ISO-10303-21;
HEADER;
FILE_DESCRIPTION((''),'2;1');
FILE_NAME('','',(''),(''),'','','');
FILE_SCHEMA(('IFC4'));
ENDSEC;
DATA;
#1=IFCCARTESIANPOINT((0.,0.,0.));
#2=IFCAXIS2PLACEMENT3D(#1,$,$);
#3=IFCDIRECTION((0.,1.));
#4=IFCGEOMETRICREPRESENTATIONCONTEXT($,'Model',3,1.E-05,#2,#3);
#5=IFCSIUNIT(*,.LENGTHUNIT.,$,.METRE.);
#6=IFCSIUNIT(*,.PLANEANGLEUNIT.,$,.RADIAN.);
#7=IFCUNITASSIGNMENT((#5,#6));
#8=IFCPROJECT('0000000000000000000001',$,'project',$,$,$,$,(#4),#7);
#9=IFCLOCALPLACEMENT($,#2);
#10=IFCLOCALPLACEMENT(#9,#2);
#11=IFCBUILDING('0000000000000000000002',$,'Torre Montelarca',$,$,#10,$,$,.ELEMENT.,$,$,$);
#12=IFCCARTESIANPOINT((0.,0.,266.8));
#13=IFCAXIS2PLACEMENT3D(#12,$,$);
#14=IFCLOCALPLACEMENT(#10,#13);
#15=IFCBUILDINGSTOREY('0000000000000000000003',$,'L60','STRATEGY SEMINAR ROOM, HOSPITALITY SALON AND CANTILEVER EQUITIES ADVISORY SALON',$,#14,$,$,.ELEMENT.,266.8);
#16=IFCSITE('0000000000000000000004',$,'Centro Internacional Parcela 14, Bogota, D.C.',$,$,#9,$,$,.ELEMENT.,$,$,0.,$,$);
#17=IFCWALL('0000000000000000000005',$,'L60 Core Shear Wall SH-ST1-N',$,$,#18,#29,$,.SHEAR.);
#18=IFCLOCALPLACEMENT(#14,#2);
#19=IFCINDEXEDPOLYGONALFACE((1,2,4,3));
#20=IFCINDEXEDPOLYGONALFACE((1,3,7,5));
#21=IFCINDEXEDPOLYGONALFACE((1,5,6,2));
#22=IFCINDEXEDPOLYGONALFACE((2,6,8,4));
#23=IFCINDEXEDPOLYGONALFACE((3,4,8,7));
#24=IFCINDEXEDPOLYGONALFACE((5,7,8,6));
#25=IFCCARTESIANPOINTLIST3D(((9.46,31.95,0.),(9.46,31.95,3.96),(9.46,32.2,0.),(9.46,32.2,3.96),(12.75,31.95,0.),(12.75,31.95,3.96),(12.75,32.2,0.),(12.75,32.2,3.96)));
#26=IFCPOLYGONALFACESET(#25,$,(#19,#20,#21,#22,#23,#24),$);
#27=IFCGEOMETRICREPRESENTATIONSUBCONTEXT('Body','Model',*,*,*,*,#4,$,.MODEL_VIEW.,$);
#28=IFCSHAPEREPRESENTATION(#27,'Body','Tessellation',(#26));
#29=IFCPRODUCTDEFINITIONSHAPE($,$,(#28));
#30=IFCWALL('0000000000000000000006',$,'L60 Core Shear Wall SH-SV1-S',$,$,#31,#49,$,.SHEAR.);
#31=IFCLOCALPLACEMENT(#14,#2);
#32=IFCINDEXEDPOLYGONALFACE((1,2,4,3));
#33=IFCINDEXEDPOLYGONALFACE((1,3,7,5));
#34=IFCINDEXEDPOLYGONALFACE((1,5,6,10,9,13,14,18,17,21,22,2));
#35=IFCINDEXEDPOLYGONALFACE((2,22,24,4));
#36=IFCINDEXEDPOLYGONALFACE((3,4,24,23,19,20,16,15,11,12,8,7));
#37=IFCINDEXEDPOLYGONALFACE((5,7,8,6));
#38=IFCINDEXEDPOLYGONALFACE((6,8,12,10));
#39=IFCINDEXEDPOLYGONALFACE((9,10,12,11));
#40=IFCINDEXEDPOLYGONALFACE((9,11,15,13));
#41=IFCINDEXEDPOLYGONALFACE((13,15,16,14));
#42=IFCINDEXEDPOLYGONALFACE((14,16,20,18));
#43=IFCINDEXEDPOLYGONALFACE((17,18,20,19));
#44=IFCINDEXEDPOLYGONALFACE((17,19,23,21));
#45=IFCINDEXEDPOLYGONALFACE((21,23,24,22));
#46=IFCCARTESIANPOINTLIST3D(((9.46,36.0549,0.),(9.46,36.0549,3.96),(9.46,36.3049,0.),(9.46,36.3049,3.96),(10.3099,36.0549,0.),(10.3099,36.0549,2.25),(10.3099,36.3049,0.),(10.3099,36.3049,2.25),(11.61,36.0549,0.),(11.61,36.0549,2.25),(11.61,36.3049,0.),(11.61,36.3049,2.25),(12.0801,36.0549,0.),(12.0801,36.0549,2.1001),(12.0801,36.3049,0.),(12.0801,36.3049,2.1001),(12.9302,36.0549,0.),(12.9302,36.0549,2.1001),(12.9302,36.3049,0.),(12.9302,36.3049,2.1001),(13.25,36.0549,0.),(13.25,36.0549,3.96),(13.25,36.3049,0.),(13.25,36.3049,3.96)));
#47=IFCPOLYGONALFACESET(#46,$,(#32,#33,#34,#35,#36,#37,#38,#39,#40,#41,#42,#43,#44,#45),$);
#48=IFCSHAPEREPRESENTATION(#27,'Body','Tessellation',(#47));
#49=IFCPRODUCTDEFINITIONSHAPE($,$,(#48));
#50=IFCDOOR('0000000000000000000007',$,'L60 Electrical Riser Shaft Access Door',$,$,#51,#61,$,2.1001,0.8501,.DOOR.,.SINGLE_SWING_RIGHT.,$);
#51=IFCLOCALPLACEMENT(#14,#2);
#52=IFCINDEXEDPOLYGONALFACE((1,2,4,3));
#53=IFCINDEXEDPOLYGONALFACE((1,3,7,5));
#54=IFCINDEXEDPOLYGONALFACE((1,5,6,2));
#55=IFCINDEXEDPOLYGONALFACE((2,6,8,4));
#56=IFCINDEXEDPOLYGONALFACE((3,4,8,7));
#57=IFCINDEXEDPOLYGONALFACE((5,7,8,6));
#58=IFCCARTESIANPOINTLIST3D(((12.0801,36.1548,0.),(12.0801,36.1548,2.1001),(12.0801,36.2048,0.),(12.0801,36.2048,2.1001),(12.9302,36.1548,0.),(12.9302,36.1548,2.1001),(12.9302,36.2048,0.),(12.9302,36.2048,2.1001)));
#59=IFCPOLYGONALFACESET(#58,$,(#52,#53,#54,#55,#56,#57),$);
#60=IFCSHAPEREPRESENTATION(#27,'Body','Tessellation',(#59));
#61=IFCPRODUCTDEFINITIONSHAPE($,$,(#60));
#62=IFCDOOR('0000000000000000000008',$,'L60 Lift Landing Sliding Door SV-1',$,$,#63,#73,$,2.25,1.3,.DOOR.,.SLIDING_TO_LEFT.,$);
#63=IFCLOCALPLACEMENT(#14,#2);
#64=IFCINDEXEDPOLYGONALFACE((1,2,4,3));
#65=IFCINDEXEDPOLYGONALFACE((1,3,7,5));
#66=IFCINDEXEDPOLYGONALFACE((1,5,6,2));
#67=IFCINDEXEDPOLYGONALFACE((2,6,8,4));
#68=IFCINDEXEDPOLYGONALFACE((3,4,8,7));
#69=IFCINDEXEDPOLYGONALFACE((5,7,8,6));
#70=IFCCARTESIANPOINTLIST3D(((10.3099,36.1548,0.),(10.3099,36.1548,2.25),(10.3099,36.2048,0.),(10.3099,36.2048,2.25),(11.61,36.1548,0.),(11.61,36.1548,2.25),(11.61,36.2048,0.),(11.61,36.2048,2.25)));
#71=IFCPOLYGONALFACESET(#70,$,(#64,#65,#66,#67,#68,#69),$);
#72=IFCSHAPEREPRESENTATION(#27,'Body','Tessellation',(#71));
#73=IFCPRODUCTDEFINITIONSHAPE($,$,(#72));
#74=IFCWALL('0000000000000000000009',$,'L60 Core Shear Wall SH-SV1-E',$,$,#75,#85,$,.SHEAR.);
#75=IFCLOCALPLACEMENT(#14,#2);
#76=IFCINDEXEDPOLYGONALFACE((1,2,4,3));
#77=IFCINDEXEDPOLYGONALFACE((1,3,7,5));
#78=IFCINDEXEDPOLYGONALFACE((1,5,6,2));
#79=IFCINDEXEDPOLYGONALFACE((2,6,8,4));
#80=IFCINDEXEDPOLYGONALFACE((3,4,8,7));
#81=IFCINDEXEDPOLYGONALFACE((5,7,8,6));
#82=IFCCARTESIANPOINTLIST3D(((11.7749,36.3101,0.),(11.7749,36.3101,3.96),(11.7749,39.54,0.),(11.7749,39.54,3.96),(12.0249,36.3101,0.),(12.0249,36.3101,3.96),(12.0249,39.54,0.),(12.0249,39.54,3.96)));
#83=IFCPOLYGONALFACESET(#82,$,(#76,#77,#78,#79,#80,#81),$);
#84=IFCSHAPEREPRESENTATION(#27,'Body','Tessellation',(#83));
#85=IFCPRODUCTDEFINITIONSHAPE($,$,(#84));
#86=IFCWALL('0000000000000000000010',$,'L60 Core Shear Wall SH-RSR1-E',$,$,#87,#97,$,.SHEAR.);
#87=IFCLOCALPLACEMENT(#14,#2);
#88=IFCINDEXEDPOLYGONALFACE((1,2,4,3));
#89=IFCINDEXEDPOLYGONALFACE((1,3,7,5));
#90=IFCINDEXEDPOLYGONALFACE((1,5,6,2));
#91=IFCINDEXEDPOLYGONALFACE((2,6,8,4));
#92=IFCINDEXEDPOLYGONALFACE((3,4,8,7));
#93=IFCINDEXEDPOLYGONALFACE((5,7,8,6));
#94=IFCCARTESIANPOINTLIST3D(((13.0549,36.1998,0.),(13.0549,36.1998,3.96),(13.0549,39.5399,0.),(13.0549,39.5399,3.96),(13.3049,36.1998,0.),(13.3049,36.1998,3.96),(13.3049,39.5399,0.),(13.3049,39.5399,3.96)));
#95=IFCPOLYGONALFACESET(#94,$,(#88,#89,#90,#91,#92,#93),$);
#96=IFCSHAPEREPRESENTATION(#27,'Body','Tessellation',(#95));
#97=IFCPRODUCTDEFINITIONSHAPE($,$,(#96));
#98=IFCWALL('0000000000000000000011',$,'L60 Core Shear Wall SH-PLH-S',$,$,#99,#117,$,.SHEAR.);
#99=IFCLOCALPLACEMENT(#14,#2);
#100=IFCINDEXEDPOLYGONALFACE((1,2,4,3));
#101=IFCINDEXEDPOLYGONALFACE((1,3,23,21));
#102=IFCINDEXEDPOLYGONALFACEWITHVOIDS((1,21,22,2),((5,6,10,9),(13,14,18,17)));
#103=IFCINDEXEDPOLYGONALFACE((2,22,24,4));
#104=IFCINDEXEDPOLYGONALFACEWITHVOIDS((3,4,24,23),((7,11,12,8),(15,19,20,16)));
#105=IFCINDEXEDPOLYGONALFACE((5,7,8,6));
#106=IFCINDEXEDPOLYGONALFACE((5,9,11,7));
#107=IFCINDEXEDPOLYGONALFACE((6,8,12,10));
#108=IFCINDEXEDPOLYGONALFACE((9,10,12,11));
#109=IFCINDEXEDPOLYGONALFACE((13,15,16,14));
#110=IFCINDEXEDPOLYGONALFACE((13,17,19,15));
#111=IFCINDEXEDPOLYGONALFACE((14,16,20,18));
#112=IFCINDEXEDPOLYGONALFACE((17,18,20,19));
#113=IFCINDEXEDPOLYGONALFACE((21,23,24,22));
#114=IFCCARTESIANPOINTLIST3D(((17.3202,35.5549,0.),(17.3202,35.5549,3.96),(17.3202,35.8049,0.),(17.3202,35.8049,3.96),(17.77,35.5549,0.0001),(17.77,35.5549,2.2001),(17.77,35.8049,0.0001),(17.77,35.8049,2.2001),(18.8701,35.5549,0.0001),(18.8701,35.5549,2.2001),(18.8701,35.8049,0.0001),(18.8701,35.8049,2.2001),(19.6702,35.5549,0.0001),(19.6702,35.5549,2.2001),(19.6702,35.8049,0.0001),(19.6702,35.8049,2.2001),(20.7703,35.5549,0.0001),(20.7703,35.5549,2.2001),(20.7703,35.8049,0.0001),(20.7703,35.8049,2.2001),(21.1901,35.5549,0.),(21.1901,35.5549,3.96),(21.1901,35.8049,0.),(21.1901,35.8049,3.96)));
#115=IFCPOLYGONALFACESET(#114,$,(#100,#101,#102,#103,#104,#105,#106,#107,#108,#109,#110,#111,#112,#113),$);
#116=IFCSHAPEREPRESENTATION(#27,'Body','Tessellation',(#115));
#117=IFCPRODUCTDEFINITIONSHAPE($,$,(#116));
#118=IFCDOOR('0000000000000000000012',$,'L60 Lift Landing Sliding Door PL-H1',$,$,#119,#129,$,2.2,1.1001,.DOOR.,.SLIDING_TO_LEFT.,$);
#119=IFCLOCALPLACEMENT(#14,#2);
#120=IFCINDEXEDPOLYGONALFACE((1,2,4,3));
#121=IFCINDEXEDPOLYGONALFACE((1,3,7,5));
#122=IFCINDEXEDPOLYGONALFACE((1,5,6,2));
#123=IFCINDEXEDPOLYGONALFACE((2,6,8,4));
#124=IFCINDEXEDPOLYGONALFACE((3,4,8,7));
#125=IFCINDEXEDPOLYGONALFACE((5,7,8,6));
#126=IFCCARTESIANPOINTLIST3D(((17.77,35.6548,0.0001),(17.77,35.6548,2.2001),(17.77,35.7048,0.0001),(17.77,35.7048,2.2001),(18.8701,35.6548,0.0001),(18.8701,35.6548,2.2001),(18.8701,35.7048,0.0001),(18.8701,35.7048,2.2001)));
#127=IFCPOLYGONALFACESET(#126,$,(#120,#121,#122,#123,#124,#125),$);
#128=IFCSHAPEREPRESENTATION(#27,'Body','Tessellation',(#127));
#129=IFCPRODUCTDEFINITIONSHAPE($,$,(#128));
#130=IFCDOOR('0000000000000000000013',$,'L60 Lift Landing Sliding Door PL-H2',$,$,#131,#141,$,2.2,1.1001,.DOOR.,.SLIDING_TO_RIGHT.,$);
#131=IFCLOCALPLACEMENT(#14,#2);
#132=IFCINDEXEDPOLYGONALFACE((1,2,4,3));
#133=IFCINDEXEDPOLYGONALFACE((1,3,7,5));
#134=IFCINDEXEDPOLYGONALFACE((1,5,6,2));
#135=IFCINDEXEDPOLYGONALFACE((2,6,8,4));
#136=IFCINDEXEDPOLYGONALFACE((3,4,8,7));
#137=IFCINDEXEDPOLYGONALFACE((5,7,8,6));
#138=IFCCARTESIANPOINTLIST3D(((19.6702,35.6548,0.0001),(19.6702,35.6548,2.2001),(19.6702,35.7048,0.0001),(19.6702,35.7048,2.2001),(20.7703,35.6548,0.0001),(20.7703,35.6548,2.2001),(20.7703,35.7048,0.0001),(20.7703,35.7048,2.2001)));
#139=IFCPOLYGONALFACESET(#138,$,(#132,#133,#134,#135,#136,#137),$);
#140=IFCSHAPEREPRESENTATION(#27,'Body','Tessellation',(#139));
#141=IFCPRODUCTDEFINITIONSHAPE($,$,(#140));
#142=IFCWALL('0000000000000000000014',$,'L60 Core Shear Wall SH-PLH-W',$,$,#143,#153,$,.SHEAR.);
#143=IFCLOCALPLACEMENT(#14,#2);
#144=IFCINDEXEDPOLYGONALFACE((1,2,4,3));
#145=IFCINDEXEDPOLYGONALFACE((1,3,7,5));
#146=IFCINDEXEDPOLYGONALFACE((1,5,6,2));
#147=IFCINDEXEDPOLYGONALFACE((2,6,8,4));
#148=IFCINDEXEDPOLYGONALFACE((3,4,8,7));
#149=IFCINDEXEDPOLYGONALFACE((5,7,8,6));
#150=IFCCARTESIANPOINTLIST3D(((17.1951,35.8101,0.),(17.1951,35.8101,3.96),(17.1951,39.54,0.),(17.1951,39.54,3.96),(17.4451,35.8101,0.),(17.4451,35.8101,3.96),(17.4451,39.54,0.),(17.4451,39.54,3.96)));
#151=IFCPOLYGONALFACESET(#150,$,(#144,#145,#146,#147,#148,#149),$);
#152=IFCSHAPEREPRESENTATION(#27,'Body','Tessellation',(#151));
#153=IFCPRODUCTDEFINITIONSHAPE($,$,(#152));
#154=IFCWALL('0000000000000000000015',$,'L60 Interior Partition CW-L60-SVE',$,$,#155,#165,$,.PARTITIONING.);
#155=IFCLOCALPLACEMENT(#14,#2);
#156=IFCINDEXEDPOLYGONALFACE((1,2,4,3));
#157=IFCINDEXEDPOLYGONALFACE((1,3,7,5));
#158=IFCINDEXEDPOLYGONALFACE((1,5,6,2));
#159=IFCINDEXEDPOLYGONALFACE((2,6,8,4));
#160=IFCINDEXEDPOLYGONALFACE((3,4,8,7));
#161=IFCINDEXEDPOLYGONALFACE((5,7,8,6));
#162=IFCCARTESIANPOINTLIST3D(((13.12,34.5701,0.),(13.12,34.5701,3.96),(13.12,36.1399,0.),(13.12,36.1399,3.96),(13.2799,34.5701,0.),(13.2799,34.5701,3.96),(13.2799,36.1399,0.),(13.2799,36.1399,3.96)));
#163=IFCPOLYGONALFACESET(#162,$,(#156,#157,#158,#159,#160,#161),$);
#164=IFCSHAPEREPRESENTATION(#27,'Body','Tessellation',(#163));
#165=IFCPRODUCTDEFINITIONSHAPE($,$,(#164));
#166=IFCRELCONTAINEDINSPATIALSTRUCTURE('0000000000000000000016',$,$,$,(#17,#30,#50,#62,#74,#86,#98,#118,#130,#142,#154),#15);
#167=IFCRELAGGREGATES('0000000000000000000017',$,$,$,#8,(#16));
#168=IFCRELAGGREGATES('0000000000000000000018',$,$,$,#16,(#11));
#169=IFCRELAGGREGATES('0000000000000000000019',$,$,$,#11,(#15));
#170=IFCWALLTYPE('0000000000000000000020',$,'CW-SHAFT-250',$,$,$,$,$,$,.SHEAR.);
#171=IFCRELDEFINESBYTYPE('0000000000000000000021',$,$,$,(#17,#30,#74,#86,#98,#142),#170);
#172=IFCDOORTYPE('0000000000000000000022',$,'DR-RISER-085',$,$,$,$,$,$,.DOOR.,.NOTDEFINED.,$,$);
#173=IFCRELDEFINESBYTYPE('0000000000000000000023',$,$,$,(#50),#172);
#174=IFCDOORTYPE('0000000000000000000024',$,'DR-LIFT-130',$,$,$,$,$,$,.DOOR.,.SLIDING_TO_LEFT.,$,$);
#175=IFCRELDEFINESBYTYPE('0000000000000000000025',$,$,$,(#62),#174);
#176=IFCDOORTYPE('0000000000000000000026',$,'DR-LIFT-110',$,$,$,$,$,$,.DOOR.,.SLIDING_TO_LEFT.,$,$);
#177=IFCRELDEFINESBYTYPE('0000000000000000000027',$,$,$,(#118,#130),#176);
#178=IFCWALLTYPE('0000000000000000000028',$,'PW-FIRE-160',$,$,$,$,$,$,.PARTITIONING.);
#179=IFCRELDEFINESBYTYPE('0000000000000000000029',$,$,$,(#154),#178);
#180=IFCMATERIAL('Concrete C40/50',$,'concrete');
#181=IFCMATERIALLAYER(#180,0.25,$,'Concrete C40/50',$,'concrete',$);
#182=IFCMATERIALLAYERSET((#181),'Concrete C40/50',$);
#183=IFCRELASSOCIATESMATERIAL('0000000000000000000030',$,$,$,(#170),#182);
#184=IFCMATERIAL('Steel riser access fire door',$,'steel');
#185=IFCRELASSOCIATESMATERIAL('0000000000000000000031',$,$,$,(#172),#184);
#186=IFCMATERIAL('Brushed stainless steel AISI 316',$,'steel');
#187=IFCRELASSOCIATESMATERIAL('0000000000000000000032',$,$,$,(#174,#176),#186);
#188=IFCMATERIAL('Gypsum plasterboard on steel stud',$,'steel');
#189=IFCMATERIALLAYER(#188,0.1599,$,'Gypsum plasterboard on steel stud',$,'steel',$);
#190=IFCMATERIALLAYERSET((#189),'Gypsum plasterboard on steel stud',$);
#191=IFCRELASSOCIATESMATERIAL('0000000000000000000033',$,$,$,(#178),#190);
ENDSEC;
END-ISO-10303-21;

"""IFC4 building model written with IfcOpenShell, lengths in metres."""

from ifc_helpers import new_model, si_unit, direction, frame, frame_2d, origin, place, context, subcontext, project, spatial, rectangle, extrude, source, transform, mapped, material, layer, layer_set, type_object, element, fill, save


model = new_model("IFC4")

# Units and contexts
model_context = context("Model", 3, precision=1e-05, world=origin(), true_north=direction((0.0, 1.0)))
body_context = subcontext(model_context, "Body", "Model", "MODEL_VIEW")
ifc_project = project(units=[si_unit("LENGTHUNIT", "METRE"), si_unit("PLANEANGLEUNIT", "RADIAN")], contexts=[model_context])

# Site, building, storey
site_placement = place(None, origin())
site = spatial("IfcSite", under=ifc_project, at=site_placement, Name="Centro Internacional Parcela 14, Bogota, D.C.", CompositionType="ELEMENT", RefElevation=0.0)
building_placement = place(site_placement, origin())
building = spatial("IfcBuilding", under=site, at=building_placement, Name="Torre Montelarca", CompositionType="ELEMENT")
storey_placement = place(building_placement, frame((0.0, 0.0, 266.8)))
storey = spatial("IfcBuildingStorey", under=building, at=storey_placement, Name="L60", Description="STRATEGY SEMINAR ROOM, HOSPITALITY SALON AND CANTILEVER EQUITIES ADVISORY SALON", CompositionType="ELEMENT", Elevation=266.8)

# Wall
ifc_material_1 = material(Name="Concrete C40/50", Category="concrete")
ifc_layer_1 = layer(ifc_material_1, 0.25, Name="Concrete C40/50", Category="concrete")
ifc_layer_set_1 = layer_set([ifc_layer_1], Name="Concrete C40/50")
wall_type_1 = type_object("IfcWallType", Name="CW-SHAFT-250", PredefinedType="SHEAR", material=ifc_layer_set_1)
wall_1_placement = place(storey_placement, frame((9.46, 32.075, 0.0), z_axis=(0.0, 0.0, 1.0), x_axis=(1.0, 0.0, 0.0)))
element("IfcWall", 1, at=wall_1_placement, inside=storey, type_object=wall_type_1, Name="L60 Core Shear Wall SH-ST1-N", PredefinedType="SHEAR", context=body_context, shape_type="SweptSolid", body=[
    extrude(rectangle(XDim=3.29, YDim=0.25, at=frame_2d((1.645, 0.0))), origin(), (0.0, 0.0, 1.0), 3.96),
])

# Wall, openings, doors
wall_2_placement = place(storey_placement, frame((9.46, 36.1799, 0.0), z_axis=(0.0, 0.0, 1.0), x_axis=(1.0, 0.0, 0.0)))
wall_2 = element("IfcWall", 2, at=wall_2_placement, inside=storey, type_object=wall_type_1, Name="L60 Core Shear Wall SH-SV1-S", PredefinedType="SHEAR", context=body_context, shape_type="SweptSolid", body=[
    extrude(rectangle(XDim=3.79, YDim=0.25, at=frame_2d((1.895, 0.0))), origin(), (0.0, 0.0, 1.0), 3.96),
])
opening_1_placement = place(wall_2_placement, frame((2.6201, 0.0, 0.0)))
opening_1 = element("IfcOpeningElement", 3, at=opening_1_placement, cuts=wall_2, PredefinedType="OPENING", context=body_context, shape_type="SweptSolid", body=[
    extrude(rectangle(XDim=0.8501, YDim=2.1001, at=frame_2d((0.425, 1.05))), frame((0.0, 0.135, 0.0), z_axis=(0.0, -1.0, 0.0), x_axis=(1.0, 0.0, 0.0)), (0.0, 0.0, 1.0), 0.27),
])
opening_2_placement = place(wall_2_placement, frame((0.8501, 0.0, 0.0)))
opening_2 = element("IfcOpeningElement", 4, at=opening_2_placement, cuts=wall_2, PredefinedType="OPENING", context=body_context, shape_type="SweptSolid", body=[
    extrude(rectangle(XDim=1.3, YDim=2.25, at=frame_2d((0.6499, 1.125))), frame((0.0, 0.135, 0.0), z_axis=(0.0, -1.0, 0.0), x_axis=(1.0, 0.0, 0.0)), (0.0, 0.0, 1.0), 0.27),
])
ifc_material_2 = material(Name="Steel riser access fire door", Category="steel")
door_type_1 = type_object("IfcDoorType", Name="DR-RISER-085", OperationType="NOTDEFINED", PredefinedType="DOOR", material=ifc_material_2)
shared_shape_1 = source(origin(), body_context, "Body", "SweptSolid", [
    extrude(rectangle(XDim=0.8501, YDim=2.1001, at=frame_2d((0.425, 1.05))), frame((0.0, 0.0249, 0.0), z_axis=(0.0, -1.0, 0.0), x_axis=(1.0, 0.0, 0.0)), (0.0, 0.0, 1.0), 0.05),
])
door_1_placement = place(opening_1_placement, origin())
door_1 = element("IfcDoor", 5, at=door_1_placement, inside=storey, type_object=door_type_1, Name="L60 Electrical Riser Shaft Access Door", OperationType="SINGLE_SWING_RIGHT", OverallHeight=2.1001, OverallWidth=0.8501, PredefinedType="DOOR", context=body_context, shape_type="MappedRepresentation", body=[
    mapped(shared_shape_1, transform((0.0, 0.0, 0.0), scale=1.0)),
])
fill(opening_1, door_1)
ifc_material_3 = material(Name="Brushed stainless steel AISI 316", Category="steel")
door_type_2 = type_object("IfcDoorType", Name="DR-LIFT-130", OperationType="SLIDING_TO_LEFT", PredefinedType="DOOR", material=ifc_material_3)
shared_shape_2 = source(origin(), body_context, "Body", "SweptSolid", [
    extrude(rectangle(XDim=1.3, YDim=2.25, at=frame_2d((0.6499, 1.125))), frame((0.0, 0.0249, 0.0), z_axis=(0.0, -1.0, 0.0), x_axis=(1.0, 0.0, 0.0)), (0.0, 0.0, 1.0), 0.05),
])
door_2_placement = place(opening_2_placement, origin())
door_2 = element("IfcDoor", 6, at=door_2_placement, inside=storey, type_object=door_type_2, Name="L60 Lift Landing Sliding Door SV-1", OperationType="SLIDING_TO_LEFT", OverallHeight=2.25, OverallWidth=1.3, PredefinedType="DOOR", context=body_context, shape_type="MappedRepresentation", body=[
    mapped(shared_shape_2, transform((0.0, 0.0, 0.0), scale=1.0)),
])
fill(opening_2, door_2)

# Walls
wall_3_placement = place(storey_placement, frame((11.8999, 36.3101, 0.0), z_axis=(0.0, 0.0, 1.0), x_axis=(0.0, 1.0, 0.0)))
element("IfcWall", 7, at=wall_3_placement, inside=storey, type_object=wall_type_1, Name="L60 Core Shear Wall SH-SV1-E", PredefinedType="SHEAR", context=body_context, shape_type="SweptSolid", body=[
    extrude(rectangle(XDim=3.23, YDim=0.25, at=frame_2d((1.615, 0.0))), origin(), (0.0, 0.0, 1.0), 3.96),
])
wall_4_placement = place(storey_placement, frame((13.1799, 36.2, 0.0), z_axis=(0.0, 0.0, 1.0), x_axis=(0.0, 1.0, 0.0)))
element("IfcWall", 8, at=wall_4_placement, inside=storey, type_object=wall_type_1, Name="L60 Core Shear Wall SH-RSR1-E", PredefinedType="SHEAR", context=body_context, shape_type="SweptSolid", body=[
    extrude(rectangle(XDim=3.3401, YDim=0.25, at=frame_2d((1.6699, 0.0))), origin(), (0.0, 0.0, 1.0), 3.96),
])

# Wall, openings, doors
wall_5_placement = place(storey_placement, frame((17.3201, 35.6799, 0.0), z_axis=(0.0, 0.0, 1.0), x_axis=(1.0, 0.0, 0.0)))
wall_5 = element("IfcWall", 9, at=wall_5_placement, inside=storey, type_object=wall_type_1, Name="L60 Core Shear Wall SH-PLH-S", PredefinedType="SHEAR", context=body_context, shape_type="SweptSolid", body=[
    extrude(rectangle(XDim=3.8699, YDim=0.25, at=frame_2d((1.9351, 0.0))), origin(), (0.0, 0.0, 1.0), 3.96),
])
opening_3_placement = place(wall_5_placement, frame((0.45, 0.0, 0.0)))
opening_3 = element("IfcOpeningElement", 10, at=opening_3_placement, cuts=wall_5, PredefinedType="OPENING", context=body_context, shape_type="SweptSolid", body=[
    extrude(rectangle(XDim=1.1001, YDim=2.2, at=frame_2d((0.55, 1.1001))), frame((0.0, 0.135, 0.0), z_axis=(0.0, -1.0, 0.0), x_axis=(1.0, 0.0, 0.0)), (0.0, 0.0, 1.0), 0.27),
])
opening_4_placement = place(wall_5_placement, frame((2.3501, 0.0, 0.0)))
opening_4 = element("IfcOpeningElement", 11, at=opening_4_placement, cuts=wall_5, PredefinedType="OPENING", context=body_context, shape_type="SweptSolid", body=[
    extrude(rectangle(XDim=1.1001, YDim=2.2, at=frame_2d((0.55, 1.1001))), frame((0.0, 0.135, 0.0), z_axis=(0.0, -1.0, 0.0), x_axis=(1.0, 0.0, 0.0)), (0.0, 0.0, 1.0), 0.27),
])
door_type_3 = type_object("IfcDoorType", Name="DR-LIFT-110", OperationType="SLIDING_TO_LEFT", PredefinedType="DOOR", material=ifc_material_3)
shared_shape_3 = source(origin(), body_context, "Body", "SweptSolid", [
    extrude(rectangle(XDim=1.1001, YDim=2.2, at=frame_2d((0.55, 1.1001))), frame((0.0, 0.0249, 0.0), z_axis=(0.0, -1.0, 0.0), x_axis=(1.0, 0.0, 0.0)), (0.0, 0.0, 1.0), 0.05),
])
door_3_placement = place(opening_3_placement, origin())
door_3 = element("IfcDoor", 12, at=door_3_placement, inside=storey, type_object=door_type_3, Name="L60 Lift Landing Sliding Door PL-H1", OperationType="SLIDING_TO_LEFT", OverallHeight=2.2, OverallWidth=1.1001, PredefinedType="DOOR", context=body_context, shape_type="MappedRepresentation", body=[
    mapped(shared_shape_3, transform((0.0, 0.0, 0.0), scale=1.0)),
])
fill(opening_3, door_3)
door_4_placement = place(opening_4_placement, origin())
door_4 = element("IfcDoor", 13, at=door_4_placement, inside=storey, type_object=door_type_3, Name="L60 Lift Landing Sliding Door PL-H2", OperationType="SLIDING_TO_RIGHT", OverallHeight=2.2, OverallWidth=1.1001, PredefinedType="DOOR", context=body_context, shape_type="MappedRepresentation", body=[
    mapped(shared_shape_3, transform((0.0, 0.0, 0.0), scale=1.0)),
])
fill(opening_4, door_4)

# Wall
wall_6_placement = place(storey_placement, frame((17.3201, 35.8101, 0.0), z_axis=(0.0, 0.0, 1.0), x_axis=(0.0, 1.0, 0.0)))
element("IfcWall", 14, at=wall_6_placement, inside=storey, type_object=wall_type_1, Name="L60 Core Shear Wall SH-PLH-W", PredefinedType="SHEAR", context=body_context, shape_type="SweptSolid", body=[
    extrude(rectangle(XDim=3.73, YDim=0.25, at=frame_2d((1.865, 0.0))), origin(), (0.0, 0.0, 1.0), 3.96),
])

# Shared definitions
ifc_material_4 = material(Name="Gypsum plasterboard on steel stud", Category="steel")
ifc_layer_2 = layer(ifc_material_4, 0.1599, Name="Gypsum plasterboard on steel stud", Category="steel")
ifc_layer_set_2 = layer_set([ifc_layer_2], Name="Gypsum plasterboard on steel stud")
wall_type_2 = type_object("IfcWallType", Name="PW-FIRE-160", PredefinedType="PARTITIONING", material=ifc_layer_set_2)

# Wall
wall_7_placement = place(storey_placement, frame((13.2, 34.5701, 0.0), z_axis=(0.0, 0.0, 1.0), x_axis=(0.0, 1.0, 0.0)))
element("IfcWall", 15, at=wall_7_placement, inside=storey, type_object=wall_type_2, Name="L60 Interior Partition CW-L60-SVE", PredefinedType="PARTITIONING", context=body_context, shape_type="SweptSolid", body=[
    extrude(rectangle(XDim=1.5698, YDim=0.1599, at=frame_2d((0.7849, 0.0))), origin(), (0.0, 0.0, 1.0), 3.96),
])

save(model, "model.ifc")
